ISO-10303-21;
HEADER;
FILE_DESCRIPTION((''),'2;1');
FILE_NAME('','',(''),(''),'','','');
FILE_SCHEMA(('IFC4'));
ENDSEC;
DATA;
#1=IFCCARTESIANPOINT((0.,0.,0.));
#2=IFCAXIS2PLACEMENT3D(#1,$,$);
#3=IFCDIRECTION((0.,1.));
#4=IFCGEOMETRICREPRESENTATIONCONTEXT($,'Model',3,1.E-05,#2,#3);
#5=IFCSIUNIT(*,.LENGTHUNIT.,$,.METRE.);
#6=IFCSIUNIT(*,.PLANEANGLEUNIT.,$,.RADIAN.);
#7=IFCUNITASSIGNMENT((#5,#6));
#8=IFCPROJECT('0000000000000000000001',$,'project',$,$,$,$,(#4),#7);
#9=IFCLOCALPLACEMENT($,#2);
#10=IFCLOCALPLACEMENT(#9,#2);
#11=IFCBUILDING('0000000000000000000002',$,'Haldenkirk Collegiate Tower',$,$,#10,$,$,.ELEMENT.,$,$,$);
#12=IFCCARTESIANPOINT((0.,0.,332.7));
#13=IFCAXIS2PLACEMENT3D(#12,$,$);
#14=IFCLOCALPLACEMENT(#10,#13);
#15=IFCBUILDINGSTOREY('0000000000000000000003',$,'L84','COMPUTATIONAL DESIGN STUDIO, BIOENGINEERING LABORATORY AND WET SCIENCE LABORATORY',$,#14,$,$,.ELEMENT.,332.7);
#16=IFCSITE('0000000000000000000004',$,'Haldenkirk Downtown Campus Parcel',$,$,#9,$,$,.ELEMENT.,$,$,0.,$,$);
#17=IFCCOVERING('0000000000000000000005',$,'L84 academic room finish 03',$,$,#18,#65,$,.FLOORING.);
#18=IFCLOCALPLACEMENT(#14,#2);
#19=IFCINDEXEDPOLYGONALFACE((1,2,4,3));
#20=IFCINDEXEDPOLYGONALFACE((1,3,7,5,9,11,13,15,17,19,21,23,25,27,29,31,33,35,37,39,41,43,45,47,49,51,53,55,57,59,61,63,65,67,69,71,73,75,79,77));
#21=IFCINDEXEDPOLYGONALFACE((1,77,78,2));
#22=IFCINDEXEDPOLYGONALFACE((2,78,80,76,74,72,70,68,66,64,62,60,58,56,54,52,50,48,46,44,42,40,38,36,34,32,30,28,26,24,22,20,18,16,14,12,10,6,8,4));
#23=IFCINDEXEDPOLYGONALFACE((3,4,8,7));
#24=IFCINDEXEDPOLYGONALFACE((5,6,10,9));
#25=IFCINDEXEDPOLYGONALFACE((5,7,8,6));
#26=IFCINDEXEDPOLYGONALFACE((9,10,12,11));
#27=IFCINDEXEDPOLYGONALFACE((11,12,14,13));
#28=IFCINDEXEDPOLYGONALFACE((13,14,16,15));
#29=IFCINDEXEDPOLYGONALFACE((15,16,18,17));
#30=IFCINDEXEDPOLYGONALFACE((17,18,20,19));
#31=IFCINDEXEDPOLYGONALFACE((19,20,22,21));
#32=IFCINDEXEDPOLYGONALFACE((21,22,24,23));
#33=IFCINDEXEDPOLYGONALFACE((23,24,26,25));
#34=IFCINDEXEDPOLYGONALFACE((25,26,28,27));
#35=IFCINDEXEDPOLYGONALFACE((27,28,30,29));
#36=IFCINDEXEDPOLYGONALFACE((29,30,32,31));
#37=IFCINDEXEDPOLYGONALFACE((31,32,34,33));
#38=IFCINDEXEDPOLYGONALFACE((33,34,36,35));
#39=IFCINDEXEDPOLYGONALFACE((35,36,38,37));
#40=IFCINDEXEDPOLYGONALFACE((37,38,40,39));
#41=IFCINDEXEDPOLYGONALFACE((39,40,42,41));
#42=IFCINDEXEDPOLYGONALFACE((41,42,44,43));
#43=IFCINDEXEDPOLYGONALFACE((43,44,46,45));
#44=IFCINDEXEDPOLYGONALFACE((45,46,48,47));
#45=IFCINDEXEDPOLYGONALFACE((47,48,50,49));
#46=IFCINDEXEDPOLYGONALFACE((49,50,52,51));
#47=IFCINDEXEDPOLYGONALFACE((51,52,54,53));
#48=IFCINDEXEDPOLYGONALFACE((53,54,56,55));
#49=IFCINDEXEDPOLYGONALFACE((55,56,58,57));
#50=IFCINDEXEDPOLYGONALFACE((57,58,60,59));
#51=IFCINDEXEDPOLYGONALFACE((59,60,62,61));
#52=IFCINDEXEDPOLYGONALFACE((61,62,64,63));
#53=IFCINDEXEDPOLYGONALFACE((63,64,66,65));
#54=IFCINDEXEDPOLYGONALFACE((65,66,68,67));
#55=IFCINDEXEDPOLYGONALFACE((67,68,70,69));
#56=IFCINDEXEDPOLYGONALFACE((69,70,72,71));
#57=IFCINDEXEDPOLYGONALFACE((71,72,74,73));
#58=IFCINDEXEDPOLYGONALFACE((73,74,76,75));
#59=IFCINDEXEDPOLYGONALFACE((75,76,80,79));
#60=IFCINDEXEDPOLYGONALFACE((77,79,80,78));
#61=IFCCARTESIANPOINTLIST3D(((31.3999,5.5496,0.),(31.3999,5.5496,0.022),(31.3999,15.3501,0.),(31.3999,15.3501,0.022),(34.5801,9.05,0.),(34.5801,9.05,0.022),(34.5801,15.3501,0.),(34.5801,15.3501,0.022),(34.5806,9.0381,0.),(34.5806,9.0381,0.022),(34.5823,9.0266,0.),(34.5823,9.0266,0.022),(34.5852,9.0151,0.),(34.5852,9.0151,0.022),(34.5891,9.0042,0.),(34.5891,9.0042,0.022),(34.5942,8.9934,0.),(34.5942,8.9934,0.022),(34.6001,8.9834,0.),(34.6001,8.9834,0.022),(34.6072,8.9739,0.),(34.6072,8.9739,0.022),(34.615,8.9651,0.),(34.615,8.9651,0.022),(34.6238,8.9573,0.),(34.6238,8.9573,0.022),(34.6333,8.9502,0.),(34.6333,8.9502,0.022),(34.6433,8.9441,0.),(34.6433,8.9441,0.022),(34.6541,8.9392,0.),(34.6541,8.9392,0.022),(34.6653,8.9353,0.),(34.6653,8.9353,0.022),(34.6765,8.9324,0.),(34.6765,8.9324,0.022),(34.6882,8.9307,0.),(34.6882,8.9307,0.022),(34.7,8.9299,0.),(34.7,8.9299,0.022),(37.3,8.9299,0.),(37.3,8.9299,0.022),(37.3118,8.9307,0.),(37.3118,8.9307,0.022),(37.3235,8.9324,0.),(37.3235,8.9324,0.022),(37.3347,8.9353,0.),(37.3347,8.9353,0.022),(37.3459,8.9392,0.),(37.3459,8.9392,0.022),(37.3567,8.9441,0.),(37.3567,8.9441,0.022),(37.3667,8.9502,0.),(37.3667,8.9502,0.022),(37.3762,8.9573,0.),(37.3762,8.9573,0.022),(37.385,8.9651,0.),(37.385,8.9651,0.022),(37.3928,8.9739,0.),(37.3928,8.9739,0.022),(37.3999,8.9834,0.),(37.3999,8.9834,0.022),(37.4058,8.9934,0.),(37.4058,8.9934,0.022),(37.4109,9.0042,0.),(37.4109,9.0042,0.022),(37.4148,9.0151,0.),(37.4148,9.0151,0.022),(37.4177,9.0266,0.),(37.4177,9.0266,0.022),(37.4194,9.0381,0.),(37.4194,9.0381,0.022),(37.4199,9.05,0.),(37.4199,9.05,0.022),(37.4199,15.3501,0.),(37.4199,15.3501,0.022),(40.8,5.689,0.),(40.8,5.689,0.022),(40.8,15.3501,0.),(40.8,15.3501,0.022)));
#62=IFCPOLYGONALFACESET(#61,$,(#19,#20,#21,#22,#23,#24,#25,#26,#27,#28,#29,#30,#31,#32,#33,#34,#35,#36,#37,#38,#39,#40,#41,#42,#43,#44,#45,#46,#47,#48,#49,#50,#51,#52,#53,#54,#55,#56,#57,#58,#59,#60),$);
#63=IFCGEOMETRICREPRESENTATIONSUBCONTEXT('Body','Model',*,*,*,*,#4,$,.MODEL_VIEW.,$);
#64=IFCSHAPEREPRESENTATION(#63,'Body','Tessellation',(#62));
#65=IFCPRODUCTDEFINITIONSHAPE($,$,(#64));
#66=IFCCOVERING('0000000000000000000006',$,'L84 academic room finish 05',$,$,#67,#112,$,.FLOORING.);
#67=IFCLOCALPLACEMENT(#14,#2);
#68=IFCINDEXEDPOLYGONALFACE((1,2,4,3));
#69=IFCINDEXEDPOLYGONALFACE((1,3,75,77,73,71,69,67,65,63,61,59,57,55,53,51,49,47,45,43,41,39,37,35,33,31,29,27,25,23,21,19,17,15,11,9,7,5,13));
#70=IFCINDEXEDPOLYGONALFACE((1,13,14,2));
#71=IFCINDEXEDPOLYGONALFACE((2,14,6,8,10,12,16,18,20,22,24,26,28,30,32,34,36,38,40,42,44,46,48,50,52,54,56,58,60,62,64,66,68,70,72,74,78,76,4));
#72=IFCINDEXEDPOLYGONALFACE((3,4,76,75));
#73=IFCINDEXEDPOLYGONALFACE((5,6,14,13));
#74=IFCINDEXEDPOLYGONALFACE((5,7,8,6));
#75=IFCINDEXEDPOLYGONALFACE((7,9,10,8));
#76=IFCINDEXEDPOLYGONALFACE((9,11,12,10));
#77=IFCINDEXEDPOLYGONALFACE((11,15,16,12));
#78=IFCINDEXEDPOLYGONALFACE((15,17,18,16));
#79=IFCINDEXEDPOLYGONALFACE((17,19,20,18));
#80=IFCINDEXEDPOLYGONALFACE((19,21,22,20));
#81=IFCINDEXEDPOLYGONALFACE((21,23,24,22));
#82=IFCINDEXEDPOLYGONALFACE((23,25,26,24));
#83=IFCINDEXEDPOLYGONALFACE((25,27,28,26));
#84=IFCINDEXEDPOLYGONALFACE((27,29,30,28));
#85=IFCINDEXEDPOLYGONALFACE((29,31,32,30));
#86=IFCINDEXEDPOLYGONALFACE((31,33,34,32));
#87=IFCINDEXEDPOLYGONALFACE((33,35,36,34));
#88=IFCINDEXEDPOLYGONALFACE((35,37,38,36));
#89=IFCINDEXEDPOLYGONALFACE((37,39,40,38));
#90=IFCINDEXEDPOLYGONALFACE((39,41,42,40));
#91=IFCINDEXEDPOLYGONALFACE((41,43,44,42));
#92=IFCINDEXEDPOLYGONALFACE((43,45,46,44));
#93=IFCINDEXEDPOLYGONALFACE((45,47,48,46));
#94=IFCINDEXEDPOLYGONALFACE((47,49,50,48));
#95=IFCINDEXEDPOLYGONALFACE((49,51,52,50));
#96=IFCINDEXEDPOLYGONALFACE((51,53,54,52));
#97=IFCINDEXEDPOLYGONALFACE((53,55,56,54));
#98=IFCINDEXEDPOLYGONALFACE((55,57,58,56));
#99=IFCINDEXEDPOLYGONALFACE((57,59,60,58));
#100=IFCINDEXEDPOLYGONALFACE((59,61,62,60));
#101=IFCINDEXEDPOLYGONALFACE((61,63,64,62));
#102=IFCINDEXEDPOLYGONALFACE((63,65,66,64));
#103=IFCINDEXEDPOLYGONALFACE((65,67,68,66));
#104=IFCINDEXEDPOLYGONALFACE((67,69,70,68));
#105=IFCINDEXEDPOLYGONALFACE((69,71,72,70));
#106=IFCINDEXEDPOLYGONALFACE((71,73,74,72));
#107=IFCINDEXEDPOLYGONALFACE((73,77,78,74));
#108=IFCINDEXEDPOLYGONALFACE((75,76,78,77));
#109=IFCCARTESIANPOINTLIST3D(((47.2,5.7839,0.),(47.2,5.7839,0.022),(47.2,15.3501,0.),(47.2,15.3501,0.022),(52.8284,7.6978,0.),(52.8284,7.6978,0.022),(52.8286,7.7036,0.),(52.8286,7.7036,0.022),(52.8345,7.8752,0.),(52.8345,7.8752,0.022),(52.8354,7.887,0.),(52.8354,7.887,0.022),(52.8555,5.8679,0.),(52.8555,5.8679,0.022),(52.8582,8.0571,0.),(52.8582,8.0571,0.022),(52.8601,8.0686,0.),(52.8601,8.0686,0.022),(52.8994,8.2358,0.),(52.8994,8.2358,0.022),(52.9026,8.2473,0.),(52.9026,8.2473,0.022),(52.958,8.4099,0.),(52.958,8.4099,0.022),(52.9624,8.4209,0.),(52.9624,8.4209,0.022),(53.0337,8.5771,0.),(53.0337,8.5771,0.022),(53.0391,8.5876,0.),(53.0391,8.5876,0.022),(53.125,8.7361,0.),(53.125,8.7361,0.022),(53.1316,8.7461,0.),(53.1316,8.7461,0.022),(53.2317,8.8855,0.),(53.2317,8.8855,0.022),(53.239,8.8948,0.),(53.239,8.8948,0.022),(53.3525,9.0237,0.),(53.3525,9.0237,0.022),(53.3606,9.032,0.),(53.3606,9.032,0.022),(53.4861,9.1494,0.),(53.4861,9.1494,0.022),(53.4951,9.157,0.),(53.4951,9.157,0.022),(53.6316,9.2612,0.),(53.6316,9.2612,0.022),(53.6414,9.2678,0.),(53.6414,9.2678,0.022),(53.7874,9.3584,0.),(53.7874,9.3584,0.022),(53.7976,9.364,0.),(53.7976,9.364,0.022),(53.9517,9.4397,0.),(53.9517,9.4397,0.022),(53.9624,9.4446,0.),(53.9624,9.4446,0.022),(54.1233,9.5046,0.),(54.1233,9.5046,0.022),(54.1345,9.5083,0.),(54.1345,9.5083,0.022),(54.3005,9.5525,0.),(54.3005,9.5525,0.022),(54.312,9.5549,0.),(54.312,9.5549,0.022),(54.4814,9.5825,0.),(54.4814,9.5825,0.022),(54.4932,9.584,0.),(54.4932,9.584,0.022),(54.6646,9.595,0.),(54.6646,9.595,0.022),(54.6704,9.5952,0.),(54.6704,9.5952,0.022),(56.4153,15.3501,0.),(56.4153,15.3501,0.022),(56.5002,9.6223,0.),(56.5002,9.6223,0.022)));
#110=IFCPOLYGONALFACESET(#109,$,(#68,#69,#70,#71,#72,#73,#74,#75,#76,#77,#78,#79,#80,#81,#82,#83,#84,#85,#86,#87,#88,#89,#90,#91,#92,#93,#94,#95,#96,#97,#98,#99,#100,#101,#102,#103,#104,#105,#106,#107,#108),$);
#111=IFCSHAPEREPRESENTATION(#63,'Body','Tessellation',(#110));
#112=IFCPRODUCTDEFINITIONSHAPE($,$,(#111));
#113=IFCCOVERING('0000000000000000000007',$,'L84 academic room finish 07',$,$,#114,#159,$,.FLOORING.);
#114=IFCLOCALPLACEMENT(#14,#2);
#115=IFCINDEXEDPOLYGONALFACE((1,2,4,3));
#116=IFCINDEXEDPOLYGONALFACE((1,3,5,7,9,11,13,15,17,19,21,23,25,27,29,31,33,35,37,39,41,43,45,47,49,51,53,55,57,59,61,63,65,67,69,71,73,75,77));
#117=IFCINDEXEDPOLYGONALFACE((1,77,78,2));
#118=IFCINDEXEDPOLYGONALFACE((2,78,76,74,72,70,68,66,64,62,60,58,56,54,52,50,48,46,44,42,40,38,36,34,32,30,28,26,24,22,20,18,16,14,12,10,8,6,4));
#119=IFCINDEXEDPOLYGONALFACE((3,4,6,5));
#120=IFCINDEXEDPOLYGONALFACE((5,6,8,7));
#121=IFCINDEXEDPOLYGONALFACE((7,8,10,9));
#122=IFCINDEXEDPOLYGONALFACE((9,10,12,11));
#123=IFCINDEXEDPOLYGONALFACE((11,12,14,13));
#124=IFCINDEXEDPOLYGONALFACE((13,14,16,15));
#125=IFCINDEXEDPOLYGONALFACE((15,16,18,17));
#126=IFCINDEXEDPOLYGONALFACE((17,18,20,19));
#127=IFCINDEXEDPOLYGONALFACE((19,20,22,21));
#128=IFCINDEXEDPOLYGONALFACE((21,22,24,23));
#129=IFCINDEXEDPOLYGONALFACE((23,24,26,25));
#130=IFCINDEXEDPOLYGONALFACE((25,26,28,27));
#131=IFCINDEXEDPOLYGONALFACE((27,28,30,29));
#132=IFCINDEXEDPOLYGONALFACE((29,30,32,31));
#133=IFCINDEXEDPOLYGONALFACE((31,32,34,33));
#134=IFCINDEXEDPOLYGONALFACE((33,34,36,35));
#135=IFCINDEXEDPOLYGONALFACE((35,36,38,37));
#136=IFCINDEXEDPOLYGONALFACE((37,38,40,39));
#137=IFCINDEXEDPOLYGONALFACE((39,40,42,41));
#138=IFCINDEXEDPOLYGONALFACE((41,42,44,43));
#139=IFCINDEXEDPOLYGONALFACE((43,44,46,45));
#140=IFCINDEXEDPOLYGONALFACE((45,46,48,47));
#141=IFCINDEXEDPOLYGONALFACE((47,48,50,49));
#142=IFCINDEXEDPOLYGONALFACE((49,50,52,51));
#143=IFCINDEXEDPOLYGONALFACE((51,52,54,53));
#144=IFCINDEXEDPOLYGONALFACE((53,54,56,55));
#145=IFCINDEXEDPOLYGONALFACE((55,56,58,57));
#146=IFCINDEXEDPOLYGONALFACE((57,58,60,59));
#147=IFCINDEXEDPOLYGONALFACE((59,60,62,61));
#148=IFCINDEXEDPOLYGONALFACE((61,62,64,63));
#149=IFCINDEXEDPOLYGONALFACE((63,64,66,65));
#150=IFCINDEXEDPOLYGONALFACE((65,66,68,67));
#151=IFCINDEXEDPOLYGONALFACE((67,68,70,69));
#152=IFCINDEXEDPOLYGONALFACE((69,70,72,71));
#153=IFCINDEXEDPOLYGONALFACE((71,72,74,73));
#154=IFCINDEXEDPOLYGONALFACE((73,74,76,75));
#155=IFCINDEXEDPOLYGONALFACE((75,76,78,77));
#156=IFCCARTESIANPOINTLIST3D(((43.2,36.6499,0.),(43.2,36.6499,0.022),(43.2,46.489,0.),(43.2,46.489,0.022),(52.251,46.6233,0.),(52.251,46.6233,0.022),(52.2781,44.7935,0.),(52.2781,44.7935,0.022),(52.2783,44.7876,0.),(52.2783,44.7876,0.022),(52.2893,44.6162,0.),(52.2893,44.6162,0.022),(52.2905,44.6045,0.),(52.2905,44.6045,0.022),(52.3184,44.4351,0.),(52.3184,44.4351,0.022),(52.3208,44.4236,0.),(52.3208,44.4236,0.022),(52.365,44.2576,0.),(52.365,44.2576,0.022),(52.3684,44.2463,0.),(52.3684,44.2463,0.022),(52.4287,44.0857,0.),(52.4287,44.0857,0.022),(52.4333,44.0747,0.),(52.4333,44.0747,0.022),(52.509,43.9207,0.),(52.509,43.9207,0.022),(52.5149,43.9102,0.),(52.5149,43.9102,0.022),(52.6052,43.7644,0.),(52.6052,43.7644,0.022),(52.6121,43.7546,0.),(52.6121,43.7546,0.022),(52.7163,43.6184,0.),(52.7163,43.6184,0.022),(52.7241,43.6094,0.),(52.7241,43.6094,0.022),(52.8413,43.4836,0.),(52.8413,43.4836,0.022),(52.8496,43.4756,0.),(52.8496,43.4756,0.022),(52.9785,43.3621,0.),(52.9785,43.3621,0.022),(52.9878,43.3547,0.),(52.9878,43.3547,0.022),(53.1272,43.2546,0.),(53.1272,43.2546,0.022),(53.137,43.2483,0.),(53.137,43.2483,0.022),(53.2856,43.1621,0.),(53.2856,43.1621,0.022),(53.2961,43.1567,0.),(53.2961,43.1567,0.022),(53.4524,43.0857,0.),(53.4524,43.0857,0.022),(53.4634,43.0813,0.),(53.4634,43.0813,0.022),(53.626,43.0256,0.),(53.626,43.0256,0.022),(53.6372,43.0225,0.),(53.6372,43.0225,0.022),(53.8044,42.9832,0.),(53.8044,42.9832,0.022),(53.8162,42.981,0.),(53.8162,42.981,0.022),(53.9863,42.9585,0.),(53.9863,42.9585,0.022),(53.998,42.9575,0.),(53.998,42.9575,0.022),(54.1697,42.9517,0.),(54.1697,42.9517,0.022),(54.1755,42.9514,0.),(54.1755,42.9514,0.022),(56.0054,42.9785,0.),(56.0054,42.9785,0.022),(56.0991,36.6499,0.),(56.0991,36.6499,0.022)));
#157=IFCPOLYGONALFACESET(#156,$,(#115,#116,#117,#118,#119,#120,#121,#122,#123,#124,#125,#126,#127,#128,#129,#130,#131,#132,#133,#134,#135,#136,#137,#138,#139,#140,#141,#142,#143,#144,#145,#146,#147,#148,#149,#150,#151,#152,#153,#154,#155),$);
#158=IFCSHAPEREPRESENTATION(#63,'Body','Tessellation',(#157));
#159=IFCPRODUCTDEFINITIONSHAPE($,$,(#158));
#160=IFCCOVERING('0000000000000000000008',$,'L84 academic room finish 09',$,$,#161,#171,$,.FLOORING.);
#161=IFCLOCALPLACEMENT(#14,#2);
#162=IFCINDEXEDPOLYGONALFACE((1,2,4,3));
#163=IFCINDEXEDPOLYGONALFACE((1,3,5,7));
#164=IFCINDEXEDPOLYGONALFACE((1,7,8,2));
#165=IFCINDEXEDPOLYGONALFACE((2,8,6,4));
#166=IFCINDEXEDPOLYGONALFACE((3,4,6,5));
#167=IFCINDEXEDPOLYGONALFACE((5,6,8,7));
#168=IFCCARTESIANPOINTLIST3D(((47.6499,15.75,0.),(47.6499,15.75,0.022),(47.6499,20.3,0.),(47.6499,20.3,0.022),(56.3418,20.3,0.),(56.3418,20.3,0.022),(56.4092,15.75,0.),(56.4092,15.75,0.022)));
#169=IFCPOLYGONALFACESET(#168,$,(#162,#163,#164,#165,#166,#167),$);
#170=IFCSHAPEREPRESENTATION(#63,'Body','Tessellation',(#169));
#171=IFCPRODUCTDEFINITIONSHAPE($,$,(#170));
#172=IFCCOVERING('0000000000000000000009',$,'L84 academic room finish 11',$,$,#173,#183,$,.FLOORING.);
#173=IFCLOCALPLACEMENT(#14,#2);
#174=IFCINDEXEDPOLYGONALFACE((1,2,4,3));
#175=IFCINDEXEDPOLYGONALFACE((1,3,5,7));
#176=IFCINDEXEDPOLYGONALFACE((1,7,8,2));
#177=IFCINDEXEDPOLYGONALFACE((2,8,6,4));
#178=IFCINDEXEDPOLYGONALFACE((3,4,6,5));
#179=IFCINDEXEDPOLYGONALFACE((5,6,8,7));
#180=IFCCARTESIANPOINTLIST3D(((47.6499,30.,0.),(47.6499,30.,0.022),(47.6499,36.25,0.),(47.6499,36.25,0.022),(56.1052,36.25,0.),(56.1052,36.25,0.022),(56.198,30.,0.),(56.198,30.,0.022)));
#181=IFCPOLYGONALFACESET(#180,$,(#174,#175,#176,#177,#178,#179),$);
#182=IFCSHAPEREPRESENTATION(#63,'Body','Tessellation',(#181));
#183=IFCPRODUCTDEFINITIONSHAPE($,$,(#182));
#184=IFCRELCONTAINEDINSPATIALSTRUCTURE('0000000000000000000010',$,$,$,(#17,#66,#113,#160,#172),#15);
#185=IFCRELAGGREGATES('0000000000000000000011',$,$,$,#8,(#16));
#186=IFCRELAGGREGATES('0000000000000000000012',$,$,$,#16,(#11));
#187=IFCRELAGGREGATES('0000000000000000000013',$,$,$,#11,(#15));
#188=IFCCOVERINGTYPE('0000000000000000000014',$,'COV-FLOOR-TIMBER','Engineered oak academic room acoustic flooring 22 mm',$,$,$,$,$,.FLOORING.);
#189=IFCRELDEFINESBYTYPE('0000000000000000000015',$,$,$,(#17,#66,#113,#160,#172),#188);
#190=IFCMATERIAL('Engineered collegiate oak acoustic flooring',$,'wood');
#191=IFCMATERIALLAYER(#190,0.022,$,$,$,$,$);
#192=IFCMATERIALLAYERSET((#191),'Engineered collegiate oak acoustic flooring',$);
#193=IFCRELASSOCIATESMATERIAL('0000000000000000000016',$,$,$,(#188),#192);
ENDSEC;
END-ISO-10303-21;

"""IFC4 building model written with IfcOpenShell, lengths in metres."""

from ifc_helpers import new_model, si_unit, direction, frame, origin, place, context, subcontext, project, spatial, polyline, outline, extrude, material, layer, layer_set, type_object, element, save


model = new_model("IFC4")

# Units and contexts
model_context = context("Model", 3, precision=1e-05, world=origin(), true_north=direction((0.0, 1.0)))
body_context = subcontext(model_context, "Body", "Model", "MODEL_VIEW")
ifc_project = project(units=[si_unit("LENGTHUNIT", "METRE"), si_unit("PLANEANGLEUNIT", "RADIAN")], contexts=[model_context])

# Site, building, storey
site_placement = place(None, origin())
site = spatial("IfcSite", under=ifc_project, at=site_placement, Name="Haldenkirk Downtown Campus Parcel", CompositionType="ELEMENT", RefElevation=0.0)
building_placement = place(site_placement, origin())
building = spatial("IfcBuilding", under=site, at=building_placement, Name="Haldenkirk Collegiate Tower", CompositionType="ELEMENT")
storey_placement = place(building_placement, frame((0.0, 0.0, 332.7)))
storey = spatial("IfcBuildingStorey", under=building, at=storey_placement, Name="L84", Description="COMPUTATIONAL DESIGN STUDIO, BIOENGINEERING LABORATORY AND WET SCIENCE LABORATORY", CompositionType="ELEMENT", Elevation=332.7)

# Coverings
ifc_material_1 = material(Name="Engineered collegiate oak acoustic flooring", Category="wood")
ifc_layer_1 = layer(ifc_material_1, 0.022)
ifc_layer_set_1 = layer_set([ifc_layer_1], Name="Engineered collegiate oak acoustic flooring")
covering_type_1 = type_object("IfcCoveringType", Name="COV-FLOOR-TIMBER", Description="Engineered oak academic room acoustic flooring 22 mm", PredefinedType="FLOORING", material=ifc_layer_set_1)
covering_1_placement = place(storey_placement, origin())
element("IfcCovering", 1, at=covering_1_placement, inside=storey, type_object=covering_type_1, Name="L84 academic room finish 03", PredefinedType="FLOORING", context=body_context, shape_type="SweptSolid", body=[
    extrude(outline(polyline([(31.3999, 5.5496), (31.3999, 15.3501), (34.5801, 15.3501), (34.5801, 9.05), (34.5806, 9.0381), (34.5823, 9.0266), (34.5852, 9.0151), (34.5891, 9.0042), (34.5942, 8.9934), (34.6001, 8.9834), (34.6072, 8.9739), (34.615, 8.9651), (34.6238, 8.9573), (34.6333, 8.9502), (34.6433, 8.9441), (34.6541, 8.9392), (34.6653, 8.9353), (34.6765, 8.9324), (34.6882, 8.9307), (34.7, 8.9299), (37.3, 8.9299), (37.3118, 8.9307), (37.3235, 8.9324), (37.3347, 8.9353), (37.3459, 8.9392), (37.3567, 8.9441), (37.3667, 8.9502), (37.3762, 8.9573), (37.385, 8.9651), (37.3928, 8.9739), (37.3999, 8.9834), (37.4058, 8.9934), (37.4109, 9.0042), (37.4148, 9.0151), (37.4177, 9.0266), (37.4194, 9.0381), (37.4199, 9.05), (37.4199, 15.3501), (40.8, 15.3501), (40.8, 5.689), (31.3999, 5.5496)])), origin(), (0.0, 0.0, 1.0), 0.022),
])
covering_2_placement = place(storey_placement, origin())
element("IfcCovering", 2, at=covering_2_placement, inside=storey, type_object=covering_type_1, Name="L84 academic room finish 05", PredefinedType="FLOORING", context=body_context, shape_type="SweptSolid", body=[
    extrude(outline(polyline([(53.9624, 9.4446), (53.9517, 9.4397), (53.7976, 9.364), (53.7874, 9.3584), (53.6414, 9.2678), (53.6316, 9.2612), (53.4951, 9.157), (53.4861, 9.1494), (53.3606, 9.032), (53.3525, 9.0237), (53.239, 8.8948), (53.2317, 8.8855), (53.1316, 8.7461), (53.125, 8.7361), (53.0391, 8.5876), (53.0337, 8.5771), (52.9624, 8.4209), (52.958, 8.4099), (52.9026, 8.2473), (52.8994, 8.2358), (52.8601, 8.0686), (52.8582, 8.0571), (52.8354, 7.887), (52.8345, 7.8752), (52.8286, 7.7036), (52.8284, 7.6978), (52.8555, 5.8679), (47.2, 5.7839), (47.2, 15.3501), (56.4153, 15.3501), (56.5002, 9.6223), (54.6704, 9.5952), (54.6646, 9.595), (54.4932, 9.584), (54.4814, 9.5825), (54.312, 9.5549), (54.3005, 9.5525), (54.1345, 9.5083), (54.1233, 9.5046), (53.9624, 9.4446)])), origin(), (0.0, 0.0, 1.0), 0.022),
])
covering_3_placement = place(storey_placement, origin())
element("IfcCovering", 3, at=covering_3_placement, inside=storey, type_object=covering_type_1, Name="L84 academic room finish 07", PredefinedType="FLOORING", context=body_context, shape_type="SweptSolid", body=[
    extrude(outline(polyline([(52.251, 46.6233), (52.2781, 44.7935), (52.2783, 44.7876), (52.2893, 44.6162), (52.2905, 44.6045), (52.3184, 44.4351), (52.3208, 44.4236), (52.365, 44.2576), (52.3684, 44.2463), (52.4287, 44.0857), (52.4333, 44.0747), (52.509, 43.9207), (52.5149, 43.9102), (52.6052, 43.7644), (52.6121, 43.7546), (52.7163, 43.6184), (52.7241, 43.6094), (52.8413, 43.4836), (52.8496, 43.4756), (52.9785, 43.3621), (52.9878, 43.3547), (53.1272, 43.2546), (53.137, 43.2483), (53.2856, 43.1621), (53.2961, 43.1567), (53.4524, 43.0857), (53.4634, 43.0813), (53.626, 43.0256), (53.6372, 43.0225), (53.8044, 42.9832), (53.8162, 42.981), (53.9863, 42.9585), (53.998, 42.9575), (54.1697, 42.9517), (54.1755, 42.9514), (56.0054, 42.9785), (56.0991, 36.6499), (43.2, 36.6499), (43.2, 46.489), (52.251, 46.6233)])), origin(), (0.0, 0.0, 1.0), 0.022),
])
covering_4_placement = place(storey_placement, origin())
element("IfcCovering", 4, at=covering_4_placement, inside=storey, type_object=covering_type_1, Name="L84 academic room finish 09", PredefinedType="FLOORING", context=body_context, shape_type="SweptSolid", body=[
    extrude(outline(polyline([(56.4092, 15.75), (47.6499, 15.75), (47.6499, 20.3), (56.3418, 20.3), (56.4092, 15.75)])), origin(), (0.0, 0.0, 1.0), 0.022),
])
covering_5_placement = place(storey_placement, origin())
element("IfcCovering", 5, at=covering_5_placement, inside=storey, type_object=covering_type_1, Name="L84 academic room finish 11", PredefinedType="FLOORING", context=body_context, shape_type="SweptSolid", body=[
    extrude(outline(polyline([(56.198, 30.0), (47.6499, 30.0), (47.6499, 36.25), (56.1052, 36.25), (56.198, 30.0)])), origin(), (0.0, 0.0, 1.0), 0.022),
])

save(model, "model.ifc")
